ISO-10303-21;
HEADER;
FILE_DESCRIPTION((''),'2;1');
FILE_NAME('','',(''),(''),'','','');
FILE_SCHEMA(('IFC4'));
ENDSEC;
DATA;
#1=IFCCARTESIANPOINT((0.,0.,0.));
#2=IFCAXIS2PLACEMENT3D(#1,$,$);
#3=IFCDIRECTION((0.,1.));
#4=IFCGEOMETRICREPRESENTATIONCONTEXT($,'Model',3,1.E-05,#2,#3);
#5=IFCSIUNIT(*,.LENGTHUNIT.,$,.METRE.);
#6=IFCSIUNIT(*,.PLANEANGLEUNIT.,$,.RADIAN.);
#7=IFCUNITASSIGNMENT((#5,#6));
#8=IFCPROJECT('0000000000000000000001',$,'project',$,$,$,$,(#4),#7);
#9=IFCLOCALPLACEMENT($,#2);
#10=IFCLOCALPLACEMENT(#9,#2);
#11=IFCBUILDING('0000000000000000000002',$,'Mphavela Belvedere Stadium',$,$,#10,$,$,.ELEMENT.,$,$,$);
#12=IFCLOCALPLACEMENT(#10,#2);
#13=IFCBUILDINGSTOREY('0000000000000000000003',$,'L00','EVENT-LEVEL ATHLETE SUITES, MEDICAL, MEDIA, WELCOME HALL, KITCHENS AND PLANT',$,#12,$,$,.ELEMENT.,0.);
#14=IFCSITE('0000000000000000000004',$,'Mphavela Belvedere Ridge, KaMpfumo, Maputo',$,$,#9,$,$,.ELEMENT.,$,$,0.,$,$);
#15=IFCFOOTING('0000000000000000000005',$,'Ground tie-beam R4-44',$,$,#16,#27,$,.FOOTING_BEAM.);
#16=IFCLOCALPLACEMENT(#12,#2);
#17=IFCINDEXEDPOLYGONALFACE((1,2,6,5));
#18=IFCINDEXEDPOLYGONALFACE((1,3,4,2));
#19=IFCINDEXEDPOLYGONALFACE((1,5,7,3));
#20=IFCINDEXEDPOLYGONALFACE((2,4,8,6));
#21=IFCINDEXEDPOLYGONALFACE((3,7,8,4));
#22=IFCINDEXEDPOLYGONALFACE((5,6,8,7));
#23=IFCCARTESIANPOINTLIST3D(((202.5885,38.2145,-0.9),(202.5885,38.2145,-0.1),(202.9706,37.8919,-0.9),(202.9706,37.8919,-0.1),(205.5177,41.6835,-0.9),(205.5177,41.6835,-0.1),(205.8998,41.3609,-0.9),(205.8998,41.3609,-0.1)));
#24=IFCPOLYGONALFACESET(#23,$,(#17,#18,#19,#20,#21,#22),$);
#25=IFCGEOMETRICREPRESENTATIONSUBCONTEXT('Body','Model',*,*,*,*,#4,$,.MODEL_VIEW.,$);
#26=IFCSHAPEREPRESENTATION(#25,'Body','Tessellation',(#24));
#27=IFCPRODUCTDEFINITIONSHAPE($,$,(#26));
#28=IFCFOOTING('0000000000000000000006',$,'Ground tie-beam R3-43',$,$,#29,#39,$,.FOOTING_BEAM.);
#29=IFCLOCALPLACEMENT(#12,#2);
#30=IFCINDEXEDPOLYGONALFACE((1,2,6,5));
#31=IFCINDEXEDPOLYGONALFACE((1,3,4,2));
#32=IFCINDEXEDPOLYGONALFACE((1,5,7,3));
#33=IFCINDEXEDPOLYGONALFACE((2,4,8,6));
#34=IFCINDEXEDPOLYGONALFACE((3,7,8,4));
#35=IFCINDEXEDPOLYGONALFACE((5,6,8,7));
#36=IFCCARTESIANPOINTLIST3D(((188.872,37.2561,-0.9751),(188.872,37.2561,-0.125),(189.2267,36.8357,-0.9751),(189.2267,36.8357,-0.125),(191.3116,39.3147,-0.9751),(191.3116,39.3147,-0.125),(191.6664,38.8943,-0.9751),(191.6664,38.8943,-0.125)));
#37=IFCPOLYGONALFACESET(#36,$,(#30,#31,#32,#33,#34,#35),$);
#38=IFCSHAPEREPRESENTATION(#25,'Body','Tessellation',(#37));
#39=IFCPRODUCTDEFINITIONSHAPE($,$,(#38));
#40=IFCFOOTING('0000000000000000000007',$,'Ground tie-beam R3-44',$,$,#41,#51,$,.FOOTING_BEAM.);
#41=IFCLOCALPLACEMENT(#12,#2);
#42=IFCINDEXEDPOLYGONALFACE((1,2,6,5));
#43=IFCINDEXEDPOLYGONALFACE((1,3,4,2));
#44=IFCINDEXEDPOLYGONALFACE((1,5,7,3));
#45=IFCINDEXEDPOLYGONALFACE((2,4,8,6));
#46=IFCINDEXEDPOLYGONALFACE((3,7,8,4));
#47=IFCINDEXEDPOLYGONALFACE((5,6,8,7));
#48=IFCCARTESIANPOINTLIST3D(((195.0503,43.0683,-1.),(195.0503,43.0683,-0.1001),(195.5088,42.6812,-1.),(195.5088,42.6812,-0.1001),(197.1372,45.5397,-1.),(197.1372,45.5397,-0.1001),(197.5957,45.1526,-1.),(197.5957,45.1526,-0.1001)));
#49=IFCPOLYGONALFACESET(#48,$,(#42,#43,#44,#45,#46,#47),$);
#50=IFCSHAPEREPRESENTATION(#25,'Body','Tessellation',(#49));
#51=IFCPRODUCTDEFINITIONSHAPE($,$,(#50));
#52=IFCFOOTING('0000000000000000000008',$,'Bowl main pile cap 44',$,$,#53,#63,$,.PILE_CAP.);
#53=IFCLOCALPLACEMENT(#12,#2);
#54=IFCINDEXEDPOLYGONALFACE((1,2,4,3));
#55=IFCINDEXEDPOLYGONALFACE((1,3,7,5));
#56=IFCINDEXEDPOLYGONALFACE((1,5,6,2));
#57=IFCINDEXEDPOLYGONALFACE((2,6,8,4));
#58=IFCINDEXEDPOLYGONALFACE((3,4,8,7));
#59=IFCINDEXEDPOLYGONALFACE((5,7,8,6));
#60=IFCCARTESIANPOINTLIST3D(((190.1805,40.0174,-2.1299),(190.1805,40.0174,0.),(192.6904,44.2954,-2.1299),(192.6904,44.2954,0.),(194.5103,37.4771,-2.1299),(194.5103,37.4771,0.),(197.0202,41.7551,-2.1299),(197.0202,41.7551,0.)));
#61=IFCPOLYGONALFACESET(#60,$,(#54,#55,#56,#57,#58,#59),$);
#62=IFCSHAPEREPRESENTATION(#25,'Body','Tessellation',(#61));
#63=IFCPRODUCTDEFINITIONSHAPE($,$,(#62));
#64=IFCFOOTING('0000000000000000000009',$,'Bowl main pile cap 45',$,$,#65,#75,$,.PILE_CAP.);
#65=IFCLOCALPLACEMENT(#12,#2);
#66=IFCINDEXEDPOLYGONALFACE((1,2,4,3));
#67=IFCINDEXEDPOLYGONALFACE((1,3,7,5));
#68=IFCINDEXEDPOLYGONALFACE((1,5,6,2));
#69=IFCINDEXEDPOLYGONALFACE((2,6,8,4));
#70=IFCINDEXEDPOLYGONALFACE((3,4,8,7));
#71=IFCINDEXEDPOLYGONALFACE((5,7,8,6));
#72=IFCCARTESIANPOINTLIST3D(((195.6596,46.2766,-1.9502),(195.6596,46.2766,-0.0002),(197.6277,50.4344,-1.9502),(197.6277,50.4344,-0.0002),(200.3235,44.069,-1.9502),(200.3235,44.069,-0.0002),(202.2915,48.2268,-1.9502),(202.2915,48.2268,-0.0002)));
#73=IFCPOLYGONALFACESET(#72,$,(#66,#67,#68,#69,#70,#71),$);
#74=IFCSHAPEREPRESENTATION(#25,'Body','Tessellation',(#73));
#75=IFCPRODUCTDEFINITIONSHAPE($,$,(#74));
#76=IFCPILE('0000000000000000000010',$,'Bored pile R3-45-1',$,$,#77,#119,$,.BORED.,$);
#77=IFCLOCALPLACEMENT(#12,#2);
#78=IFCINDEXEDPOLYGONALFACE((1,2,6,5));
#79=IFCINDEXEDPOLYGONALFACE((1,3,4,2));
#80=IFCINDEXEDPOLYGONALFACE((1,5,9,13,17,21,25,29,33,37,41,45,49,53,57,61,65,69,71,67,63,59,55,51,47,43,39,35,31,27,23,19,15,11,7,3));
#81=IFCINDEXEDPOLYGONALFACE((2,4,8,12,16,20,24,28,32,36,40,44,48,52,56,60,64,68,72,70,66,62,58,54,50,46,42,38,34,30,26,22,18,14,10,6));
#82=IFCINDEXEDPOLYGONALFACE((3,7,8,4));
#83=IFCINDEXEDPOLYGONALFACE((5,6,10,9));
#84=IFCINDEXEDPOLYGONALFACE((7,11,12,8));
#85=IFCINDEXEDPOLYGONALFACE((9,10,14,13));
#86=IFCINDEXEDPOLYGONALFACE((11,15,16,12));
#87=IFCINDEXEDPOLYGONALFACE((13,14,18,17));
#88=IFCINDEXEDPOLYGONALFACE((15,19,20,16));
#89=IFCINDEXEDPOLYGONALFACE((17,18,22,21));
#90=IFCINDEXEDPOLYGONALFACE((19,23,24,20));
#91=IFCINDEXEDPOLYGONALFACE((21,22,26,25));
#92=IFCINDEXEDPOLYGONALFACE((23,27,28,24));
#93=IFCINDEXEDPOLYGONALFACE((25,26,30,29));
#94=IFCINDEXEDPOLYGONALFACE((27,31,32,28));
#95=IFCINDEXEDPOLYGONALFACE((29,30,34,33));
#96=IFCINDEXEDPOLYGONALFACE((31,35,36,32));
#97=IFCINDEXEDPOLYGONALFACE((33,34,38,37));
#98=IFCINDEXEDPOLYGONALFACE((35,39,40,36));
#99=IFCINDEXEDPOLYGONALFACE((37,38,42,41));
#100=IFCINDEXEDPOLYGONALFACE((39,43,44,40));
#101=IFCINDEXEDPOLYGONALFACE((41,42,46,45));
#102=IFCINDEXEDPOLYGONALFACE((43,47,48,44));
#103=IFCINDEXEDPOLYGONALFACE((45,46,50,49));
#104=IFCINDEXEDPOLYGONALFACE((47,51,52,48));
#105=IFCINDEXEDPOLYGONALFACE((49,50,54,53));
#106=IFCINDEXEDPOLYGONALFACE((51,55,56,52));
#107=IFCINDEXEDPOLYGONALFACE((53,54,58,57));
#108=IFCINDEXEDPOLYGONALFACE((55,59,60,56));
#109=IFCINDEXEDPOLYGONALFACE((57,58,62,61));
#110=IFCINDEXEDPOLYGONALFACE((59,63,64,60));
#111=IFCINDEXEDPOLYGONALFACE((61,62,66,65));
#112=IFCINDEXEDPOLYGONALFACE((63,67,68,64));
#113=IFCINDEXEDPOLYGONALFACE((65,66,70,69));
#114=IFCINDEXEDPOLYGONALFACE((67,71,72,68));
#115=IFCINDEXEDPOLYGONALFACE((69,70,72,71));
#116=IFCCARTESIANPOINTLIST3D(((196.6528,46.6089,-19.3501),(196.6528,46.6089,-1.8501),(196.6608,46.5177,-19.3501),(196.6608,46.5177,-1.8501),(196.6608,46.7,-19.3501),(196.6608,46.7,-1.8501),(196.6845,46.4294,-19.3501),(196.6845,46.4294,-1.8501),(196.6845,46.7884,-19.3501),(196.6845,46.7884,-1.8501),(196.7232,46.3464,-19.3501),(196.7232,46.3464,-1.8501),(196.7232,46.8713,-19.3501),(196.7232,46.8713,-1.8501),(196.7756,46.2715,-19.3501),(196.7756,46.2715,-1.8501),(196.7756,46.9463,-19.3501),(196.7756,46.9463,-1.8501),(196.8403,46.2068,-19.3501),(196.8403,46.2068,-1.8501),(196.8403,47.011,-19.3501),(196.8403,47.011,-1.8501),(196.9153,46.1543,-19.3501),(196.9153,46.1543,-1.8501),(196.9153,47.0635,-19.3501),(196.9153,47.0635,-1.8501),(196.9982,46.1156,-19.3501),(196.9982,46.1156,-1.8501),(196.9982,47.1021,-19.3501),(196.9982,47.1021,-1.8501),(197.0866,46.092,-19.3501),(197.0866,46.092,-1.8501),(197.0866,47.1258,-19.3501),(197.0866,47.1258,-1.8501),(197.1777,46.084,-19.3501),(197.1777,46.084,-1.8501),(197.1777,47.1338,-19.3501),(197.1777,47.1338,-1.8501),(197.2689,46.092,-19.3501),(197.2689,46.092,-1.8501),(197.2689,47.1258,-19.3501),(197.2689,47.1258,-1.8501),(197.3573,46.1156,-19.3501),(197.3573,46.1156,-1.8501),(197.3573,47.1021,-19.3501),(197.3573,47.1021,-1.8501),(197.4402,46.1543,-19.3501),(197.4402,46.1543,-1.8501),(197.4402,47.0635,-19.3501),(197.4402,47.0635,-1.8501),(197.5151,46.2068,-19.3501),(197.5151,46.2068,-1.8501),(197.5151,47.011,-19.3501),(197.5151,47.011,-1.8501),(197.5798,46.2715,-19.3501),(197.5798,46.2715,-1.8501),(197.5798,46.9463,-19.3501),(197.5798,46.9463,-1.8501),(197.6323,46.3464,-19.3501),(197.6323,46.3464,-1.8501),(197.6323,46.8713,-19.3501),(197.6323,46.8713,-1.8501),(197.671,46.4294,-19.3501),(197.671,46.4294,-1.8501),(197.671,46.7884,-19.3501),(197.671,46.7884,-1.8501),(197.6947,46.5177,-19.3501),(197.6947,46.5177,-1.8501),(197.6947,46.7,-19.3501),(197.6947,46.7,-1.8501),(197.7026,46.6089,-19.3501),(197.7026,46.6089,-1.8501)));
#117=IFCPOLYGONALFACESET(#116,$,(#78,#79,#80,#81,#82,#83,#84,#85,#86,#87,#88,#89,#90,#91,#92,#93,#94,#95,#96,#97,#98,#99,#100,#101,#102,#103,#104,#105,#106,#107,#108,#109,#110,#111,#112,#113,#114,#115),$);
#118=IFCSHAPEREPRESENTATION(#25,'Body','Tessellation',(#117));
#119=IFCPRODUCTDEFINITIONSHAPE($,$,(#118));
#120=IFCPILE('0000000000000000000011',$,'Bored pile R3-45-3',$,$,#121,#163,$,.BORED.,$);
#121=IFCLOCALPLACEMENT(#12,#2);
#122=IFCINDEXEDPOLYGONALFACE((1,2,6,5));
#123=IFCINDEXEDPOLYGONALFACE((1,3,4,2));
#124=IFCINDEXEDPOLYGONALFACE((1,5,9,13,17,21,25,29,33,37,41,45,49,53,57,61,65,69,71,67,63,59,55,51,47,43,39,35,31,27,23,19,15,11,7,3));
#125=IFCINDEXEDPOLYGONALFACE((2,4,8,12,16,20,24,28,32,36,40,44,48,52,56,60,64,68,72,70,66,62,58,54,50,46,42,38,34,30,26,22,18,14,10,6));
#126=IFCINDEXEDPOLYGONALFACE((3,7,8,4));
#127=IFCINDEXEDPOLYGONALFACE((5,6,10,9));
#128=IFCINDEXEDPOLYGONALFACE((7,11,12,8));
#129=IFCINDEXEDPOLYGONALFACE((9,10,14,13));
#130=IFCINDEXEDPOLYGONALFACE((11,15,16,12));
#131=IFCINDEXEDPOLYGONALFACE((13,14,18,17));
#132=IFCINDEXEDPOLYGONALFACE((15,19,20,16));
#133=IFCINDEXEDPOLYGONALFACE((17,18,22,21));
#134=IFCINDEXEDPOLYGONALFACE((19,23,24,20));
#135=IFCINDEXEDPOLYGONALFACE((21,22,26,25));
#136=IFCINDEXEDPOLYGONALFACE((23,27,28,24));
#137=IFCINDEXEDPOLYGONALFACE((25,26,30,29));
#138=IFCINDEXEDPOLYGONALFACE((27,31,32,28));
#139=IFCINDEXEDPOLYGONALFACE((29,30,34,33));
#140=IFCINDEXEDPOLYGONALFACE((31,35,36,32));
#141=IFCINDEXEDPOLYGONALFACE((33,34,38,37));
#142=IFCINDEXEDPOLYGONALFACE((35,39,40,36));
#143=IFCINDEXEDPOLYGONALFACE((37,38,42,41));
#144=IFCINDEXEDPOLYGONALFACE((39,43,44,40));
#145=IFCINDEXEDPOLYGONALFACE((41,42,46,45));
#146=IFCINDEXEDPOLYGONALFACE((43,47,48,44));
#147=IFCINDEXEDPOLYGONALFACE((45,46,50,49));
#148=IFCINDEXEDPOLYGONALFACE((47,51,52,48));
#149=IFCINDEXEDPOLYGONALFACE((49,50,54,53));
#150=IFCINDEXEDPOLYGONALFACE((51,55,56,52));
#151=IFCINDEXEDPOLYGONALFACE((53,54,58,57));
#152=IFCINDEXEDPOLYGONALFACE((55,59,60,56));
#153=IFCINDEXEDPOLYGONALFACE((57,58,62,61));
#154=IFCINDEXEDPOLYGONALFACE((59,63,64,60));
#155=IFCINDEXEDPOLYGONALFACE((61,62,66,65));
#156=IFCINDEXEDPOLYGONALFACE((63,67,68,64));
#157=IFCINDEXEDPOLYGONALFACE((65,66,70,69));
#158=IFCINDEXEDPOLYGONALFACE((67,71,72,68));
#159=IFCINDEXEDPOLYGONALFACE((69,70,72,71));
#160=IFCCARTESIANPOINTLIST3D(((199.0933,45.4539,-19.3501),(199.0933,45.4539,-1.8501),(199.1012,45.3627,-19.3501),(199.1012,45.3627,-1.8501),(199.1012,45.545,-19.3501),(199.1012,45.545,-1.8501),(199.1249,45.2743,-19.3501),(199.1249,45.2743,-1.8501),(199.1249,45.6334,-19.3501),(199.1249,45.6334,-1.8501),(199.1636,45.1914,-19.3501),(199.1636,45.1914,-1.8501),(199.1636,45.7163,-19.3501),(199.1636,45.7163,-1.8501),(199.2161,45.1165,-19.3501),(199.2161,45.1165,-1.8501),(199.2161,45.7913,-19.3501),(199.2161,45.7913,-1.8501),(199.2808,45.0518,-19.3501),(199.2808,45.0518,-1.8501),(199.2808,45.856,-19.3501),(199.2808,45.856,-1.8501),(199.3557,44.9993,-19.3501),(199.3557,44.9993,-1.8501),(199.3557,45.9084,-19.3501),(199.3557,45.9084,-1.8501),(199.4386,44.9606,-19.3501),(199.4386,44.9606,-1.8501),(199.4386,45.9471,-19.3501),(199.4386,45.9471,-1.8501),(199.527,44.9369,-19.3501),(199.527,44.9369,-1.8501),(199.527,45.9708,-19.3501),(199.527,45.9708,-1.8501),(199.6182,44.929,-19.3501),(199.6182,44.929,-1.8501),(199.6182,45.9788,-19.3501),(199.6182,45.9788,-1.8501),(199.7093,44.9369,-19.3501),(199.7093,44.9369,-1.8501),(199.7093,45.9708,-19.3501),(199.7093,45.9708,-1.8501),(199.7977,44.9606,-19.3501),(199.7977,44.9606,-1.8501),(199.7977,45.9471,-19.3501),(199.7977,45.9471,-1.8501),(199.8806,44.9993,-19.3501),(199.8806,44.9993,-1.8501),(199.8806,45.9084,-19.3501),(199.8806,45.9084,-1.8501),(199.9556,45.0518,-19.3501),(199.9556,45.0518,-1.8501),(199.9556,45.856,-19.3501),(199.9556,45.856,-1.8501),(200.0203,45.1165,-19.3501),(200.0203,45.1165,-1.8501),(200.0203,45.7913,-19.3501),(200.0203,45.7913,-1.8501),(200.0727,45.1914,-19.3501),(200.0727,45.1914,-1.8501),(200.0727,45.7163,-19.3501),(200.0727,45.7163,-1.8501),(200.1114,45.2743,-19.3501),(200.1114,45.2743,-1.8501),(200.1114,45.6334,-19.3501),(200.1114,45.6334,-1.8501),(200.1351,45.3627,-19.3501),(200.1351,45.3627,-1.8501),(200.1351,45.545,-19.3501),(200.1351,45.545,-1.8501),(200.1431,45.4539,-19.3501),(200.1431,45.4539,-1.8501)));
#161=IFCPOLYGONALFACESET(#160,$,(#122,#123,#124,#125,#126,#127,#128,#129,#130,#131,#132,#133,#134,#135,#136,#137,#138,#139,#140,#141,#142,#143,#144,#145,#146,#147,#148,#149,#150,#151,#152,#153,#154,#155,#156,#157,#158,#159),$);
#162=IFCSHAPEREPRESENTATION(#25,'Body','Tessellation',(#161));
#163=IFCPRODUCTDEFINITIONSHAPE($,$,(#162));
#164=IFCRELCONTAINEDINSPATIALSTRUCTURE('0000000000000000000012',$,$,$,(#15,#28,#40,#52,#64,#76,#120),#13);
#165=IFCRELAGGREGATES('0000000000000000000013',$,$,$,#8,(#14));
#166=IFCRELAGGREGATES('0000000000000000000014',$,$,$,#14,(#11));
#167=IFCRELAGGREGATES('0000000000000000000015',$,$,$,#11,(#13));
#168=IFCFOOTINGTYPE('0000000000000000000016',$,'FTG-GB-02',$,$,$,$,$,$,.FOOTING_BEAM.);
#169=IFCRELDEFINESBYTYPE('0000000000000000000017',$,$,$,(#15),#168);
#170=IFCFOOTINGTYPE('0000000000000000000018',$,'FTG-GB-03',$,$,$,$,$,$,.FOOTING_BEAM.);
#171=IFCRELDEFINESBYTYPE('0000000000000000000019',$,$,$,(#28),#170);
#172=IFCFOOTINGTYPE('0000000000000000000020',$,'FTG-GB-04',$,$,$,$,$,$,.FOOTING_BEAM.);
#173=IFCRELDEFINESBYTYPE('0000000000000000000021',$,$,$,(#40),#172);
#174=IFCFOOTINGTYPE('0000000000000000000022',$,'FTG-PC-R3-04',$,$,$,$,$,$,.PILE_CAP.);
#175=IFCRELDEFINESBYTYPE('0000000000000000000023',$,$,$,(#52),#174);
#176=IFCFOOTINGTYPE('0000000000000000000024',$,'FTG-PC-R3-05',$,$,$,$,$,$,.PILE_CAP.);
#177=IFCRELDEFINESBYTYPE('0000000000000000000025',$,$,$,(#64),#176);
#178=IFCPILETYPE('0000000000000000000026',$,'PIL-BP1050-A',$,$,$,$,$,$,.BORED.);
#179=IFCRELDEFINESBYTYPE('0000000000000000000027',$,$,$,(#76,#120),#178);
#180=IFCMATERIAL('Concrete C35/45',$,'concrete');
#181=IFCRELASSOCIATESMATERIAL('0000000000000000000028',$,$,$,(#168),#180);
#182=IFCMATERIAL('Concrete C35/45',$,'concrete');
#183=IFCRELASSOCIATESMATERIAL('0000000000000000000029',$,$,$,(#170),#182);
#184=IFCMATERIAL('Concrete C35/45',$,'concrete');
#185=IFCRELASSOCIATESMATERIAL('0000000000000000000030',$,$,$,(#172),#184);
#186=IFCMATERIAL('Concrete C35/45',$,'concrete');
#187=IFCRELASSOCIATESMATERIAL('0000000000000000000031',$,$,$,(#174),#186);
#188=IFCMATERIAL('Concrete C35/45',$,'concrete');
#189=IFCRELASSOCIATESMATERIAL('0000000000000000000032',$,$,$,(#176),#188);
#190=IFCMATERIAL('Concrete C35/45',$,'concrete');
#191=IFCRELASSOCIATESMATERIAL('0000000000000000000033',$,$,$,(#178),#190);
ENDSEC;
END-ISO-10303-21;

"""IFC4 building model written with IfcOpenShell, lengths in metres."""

from ifc_helpers import new_model, si_unit, direction, frame, origin, origin_2d, place, context, subcontext, project, spatial, rectangle, circle, extrude, material, material_profile, profile_set, type_object, element, save


model = new_model("IFC4")

# Units and contexts
model_context = context("Model", 3, precision=1e-05, world=origin(), true_north=direction((0.0, 1.0)))
body_context = subcontext(model_context, "Body", "Model", "MODEL_VIEW")
ifc_project = project(units=[si_unit("LENGTHUNIT", "METRE"), si_unit("PLANEANGLEUNIT", "RADIAN")], contexts=[model_context])

# Site, building, storey
site_placement = place(None, origin())
site = spatial("IfcSite", under=ifc_project, at=site_placement, Name="Mphavela Belvedere Ridge, KaMpfumo, Maputo", CompositionType="ELEMENT", RefElevation=0.0)
building_placement = place(site_placement, origin())
building = spatial("IfcBuilding", under=site, at=building_placement, Name="Mphavela Belvedere Stadium", CompositionType="ELEMENT")
storey_placement = place(building_placement, origin())
storey = spatial("IfcBuildingStorey", under=building, at=storey_placement, Name="L00", Description="EVENT-LEVEL ATHLETE SUITES, MEDICAL, MEDIA, WELCOME HALL, KITCHENS AND PLANT", CompositionType="ELEMENT", Elevation=0.0)

# Footings
ifc_material_1 = material(Name="Concrete C35/45", Category="concrete")
ifc_material_profile_1 = material_profile(ifc_material_1, rectangle(XDim=0.5, YDim=0.8, at=origin_2d()), Name="GB 500x800")
ifc_profile_set_1 = profile_set([ifc_material_profile_1], Name="Concrete C35/45")
footing_type_1 = type_object("IfcFootingType", Name="FTG-GB-02", PredefinedType="FOOTING_BEAM", material=ifc_profile_set_1)
footing_1_placement = place(storey_placement, frame((202.7795, 38.0532, -0.5), z_axis=(0.645158, 0.764049, 0.0), x_axis=(-0.764049, 0.645158, 0.0)))
element("IfcFooting", 1, at=footing_1_placement, inside=storey, type_object=footing_type_1, Name="Ground tie-beam R4-44", PredefinedType="FOOTING_BEAM", context=body_context, shape_type="SweptSolid", body=[
    extrude(rectangle(XDim=0.5, YDim=0.8, at=origin_2d()), origin(), (0.0, 0.0, 1.0), 4.5403),
])
ifc_material_2 = material(Name="Concrete C35/45", Category="concrete")
ifc_material_profile_2 = material_profile(ifc_material_2, rectangle(XDim=0.55, YDim=0.8501, at=origin_2d()), Name="GB 550x850")
ifc_profile_set_2 = profile_set([ifc_material_profile_2], Name="Concrete C35/45")
footing_type_2 = type_object("IfcFootingType", Name="FTG-GB-03", PredefinedType="FOOTING_BEAM", material=ifc_profile_set_2)
footing_2_placement = place(storey_placement, frame((189.0493, 37.0459, -0.55), z_axis=(0.764276, 0.644889, 0.0), x_axis=(-0.644889, 0.764276, 0.0)))
element("IfcFooting", 2, at=footing_2_placement, inside=storey, type_object=footing_type_2, Name="Ground tie-beam R3-43", PredefinedType="FOOTING_BEAM", context=body_context, shape_type="SweptSolid", body=[
    extrude(rectangle(XDim=0.55, YDim=0.8501, at=origin_2d()), origin(), (0.0, 0.0, 1.0), 3.1921),
])
ifc_material_3 = material(Name="Concrete C35/45", Category="concrete")
ifc_material_profile_3 = material_profile(ifc_material_3, rectangle(XDim=0.6001, YDim=0.8999, at=origin_2d()), Name="GB 600x900")
ifc_profile_set_3 = profile_set([ifc_material_profile_3], Name="Concrete C35/45")
footing_type_3 = type_object("IfcFootingType", Name="FTG-GB-04", PredefinedType="FOOTING_BEAM", material=ifc_profile_set_3)
footing_3_placement = place(storey_placement, frame((195.2795, 42.8748, -0.55), z_axis=(0.645167, 0.764041, 0.0), x_axis=(-0.764041, 0.645167, 0.0)))
element("IfcFooting", 3, at=footing_3_placement, inside=storey, type_object=footing_type_3, Name="Ground tie-beam R3-44", PredefinedType="FOOTING_BEAM", context=body_context, shape_type="SweptSolid", body=[
    extrude(rectangle(XDim=0.6001, YDim=0.8999, at=origin_2d()), origin(), (0.0, 0.0, 1.0), 3.2346),
])
ifc_material_4 = material(Name="Concrete C35/45", Category="concrete")
footing_type_4 = type_object("IfcFootingType", Name="FTG-PC-R3-04", PredefinedType="PILE_CAP", material=ifc_material_4)
footing_4_placement = place(storey_placement, frame((193.6003, 40.8862, -2.1299), z_axis=(0.0, 0.0, 1.0), x_axis=(0.862514, -0.506034, 0.0)))
element("IfcFooting", 4, at=footing_4_placement, inside=storey, type_object=footing_type_4, Name="Bowl main pile cap 44", PredefinedType="PILE_CAP", context=body_context, shape_type="SweptSolid", body=[
    extrude(rectangle(XDim=5.02, YDim=4.96, at=origin_2d()), origin(), (0.0, 0.0, 1.0), 2.1299),
])
ifc_material_5 = material(Name="Concrete C35/45", Category="concrete")
footing_type_5 = type_object("IfcFootingType", Name="FTG-PC-R3-05", PredefinedType="PILE_CAP", material=ifc_material_5)
footing_5_placement = place(storey_placement, frame((198.9756, 47.2517, -1.9502), z_axis=(0.0, 0.0, 1.0), x_axis=(0.903859, -0.427831, 0.0)))
element("IfcFooting", 5, at=footing_5_placement, inside=storey, type_object=footing_type_5, Name="Bowl main pile cap 45", PredefinedType="PILE_CAP", context=body_context, shape_type="SweptSolid", body=[
    extrude(rectangle(XDim=5.1599, YDim=4.6001, at=origin_2d()), origin(), (0.0, 0.0, 1.0), 1.95),
])

# Piles
ifc_material_6 = material(Name="Concrete C35/45", Category="concrete")
ifc_material_profile_4 = material_profile(ifc_material_6, circle(Radius=0.5249, at=origin_2d()), Name="BP D1050")
ifc_profile_set_4 = profile_set([ifc_material_profile_4], Name="Concrete C35/45")
pile_type_1 = type_object("IfcPileType", Name="PIL-BP1050-A", PredefinedType="BORED", material=ifc_profile_set_4)
for number, where, z_axis, x_axis, name in (
    (6, (197.1777, 46.6089, -1.8501), (0.0, 0.0, -1.0), (1.0, 0.0, 0.0), "Bored pile R3-45-1"),
    (7, (199.6182, 45.4539, -1.8501), (0.0, 0.0, -1.0), (1.0, 0.0, 0.0), "Bored pile R3-45-3"),
):
    element("IfcPile", number, at=place(storey_placement, frame(where, z_axis=z_axis, x_axis=x_axis)), inside=storey, type_object=pile_type_1, Name=name, PredefinedType="BORED", context=body_context, shape_type="SweptSolid", body=[
        extrude(circle(Radius=0.5249, at=origin_2d()), origin(), (0.0, 0.0, 1.0), 17.5),
    ])

save(model, "model.ifc")
